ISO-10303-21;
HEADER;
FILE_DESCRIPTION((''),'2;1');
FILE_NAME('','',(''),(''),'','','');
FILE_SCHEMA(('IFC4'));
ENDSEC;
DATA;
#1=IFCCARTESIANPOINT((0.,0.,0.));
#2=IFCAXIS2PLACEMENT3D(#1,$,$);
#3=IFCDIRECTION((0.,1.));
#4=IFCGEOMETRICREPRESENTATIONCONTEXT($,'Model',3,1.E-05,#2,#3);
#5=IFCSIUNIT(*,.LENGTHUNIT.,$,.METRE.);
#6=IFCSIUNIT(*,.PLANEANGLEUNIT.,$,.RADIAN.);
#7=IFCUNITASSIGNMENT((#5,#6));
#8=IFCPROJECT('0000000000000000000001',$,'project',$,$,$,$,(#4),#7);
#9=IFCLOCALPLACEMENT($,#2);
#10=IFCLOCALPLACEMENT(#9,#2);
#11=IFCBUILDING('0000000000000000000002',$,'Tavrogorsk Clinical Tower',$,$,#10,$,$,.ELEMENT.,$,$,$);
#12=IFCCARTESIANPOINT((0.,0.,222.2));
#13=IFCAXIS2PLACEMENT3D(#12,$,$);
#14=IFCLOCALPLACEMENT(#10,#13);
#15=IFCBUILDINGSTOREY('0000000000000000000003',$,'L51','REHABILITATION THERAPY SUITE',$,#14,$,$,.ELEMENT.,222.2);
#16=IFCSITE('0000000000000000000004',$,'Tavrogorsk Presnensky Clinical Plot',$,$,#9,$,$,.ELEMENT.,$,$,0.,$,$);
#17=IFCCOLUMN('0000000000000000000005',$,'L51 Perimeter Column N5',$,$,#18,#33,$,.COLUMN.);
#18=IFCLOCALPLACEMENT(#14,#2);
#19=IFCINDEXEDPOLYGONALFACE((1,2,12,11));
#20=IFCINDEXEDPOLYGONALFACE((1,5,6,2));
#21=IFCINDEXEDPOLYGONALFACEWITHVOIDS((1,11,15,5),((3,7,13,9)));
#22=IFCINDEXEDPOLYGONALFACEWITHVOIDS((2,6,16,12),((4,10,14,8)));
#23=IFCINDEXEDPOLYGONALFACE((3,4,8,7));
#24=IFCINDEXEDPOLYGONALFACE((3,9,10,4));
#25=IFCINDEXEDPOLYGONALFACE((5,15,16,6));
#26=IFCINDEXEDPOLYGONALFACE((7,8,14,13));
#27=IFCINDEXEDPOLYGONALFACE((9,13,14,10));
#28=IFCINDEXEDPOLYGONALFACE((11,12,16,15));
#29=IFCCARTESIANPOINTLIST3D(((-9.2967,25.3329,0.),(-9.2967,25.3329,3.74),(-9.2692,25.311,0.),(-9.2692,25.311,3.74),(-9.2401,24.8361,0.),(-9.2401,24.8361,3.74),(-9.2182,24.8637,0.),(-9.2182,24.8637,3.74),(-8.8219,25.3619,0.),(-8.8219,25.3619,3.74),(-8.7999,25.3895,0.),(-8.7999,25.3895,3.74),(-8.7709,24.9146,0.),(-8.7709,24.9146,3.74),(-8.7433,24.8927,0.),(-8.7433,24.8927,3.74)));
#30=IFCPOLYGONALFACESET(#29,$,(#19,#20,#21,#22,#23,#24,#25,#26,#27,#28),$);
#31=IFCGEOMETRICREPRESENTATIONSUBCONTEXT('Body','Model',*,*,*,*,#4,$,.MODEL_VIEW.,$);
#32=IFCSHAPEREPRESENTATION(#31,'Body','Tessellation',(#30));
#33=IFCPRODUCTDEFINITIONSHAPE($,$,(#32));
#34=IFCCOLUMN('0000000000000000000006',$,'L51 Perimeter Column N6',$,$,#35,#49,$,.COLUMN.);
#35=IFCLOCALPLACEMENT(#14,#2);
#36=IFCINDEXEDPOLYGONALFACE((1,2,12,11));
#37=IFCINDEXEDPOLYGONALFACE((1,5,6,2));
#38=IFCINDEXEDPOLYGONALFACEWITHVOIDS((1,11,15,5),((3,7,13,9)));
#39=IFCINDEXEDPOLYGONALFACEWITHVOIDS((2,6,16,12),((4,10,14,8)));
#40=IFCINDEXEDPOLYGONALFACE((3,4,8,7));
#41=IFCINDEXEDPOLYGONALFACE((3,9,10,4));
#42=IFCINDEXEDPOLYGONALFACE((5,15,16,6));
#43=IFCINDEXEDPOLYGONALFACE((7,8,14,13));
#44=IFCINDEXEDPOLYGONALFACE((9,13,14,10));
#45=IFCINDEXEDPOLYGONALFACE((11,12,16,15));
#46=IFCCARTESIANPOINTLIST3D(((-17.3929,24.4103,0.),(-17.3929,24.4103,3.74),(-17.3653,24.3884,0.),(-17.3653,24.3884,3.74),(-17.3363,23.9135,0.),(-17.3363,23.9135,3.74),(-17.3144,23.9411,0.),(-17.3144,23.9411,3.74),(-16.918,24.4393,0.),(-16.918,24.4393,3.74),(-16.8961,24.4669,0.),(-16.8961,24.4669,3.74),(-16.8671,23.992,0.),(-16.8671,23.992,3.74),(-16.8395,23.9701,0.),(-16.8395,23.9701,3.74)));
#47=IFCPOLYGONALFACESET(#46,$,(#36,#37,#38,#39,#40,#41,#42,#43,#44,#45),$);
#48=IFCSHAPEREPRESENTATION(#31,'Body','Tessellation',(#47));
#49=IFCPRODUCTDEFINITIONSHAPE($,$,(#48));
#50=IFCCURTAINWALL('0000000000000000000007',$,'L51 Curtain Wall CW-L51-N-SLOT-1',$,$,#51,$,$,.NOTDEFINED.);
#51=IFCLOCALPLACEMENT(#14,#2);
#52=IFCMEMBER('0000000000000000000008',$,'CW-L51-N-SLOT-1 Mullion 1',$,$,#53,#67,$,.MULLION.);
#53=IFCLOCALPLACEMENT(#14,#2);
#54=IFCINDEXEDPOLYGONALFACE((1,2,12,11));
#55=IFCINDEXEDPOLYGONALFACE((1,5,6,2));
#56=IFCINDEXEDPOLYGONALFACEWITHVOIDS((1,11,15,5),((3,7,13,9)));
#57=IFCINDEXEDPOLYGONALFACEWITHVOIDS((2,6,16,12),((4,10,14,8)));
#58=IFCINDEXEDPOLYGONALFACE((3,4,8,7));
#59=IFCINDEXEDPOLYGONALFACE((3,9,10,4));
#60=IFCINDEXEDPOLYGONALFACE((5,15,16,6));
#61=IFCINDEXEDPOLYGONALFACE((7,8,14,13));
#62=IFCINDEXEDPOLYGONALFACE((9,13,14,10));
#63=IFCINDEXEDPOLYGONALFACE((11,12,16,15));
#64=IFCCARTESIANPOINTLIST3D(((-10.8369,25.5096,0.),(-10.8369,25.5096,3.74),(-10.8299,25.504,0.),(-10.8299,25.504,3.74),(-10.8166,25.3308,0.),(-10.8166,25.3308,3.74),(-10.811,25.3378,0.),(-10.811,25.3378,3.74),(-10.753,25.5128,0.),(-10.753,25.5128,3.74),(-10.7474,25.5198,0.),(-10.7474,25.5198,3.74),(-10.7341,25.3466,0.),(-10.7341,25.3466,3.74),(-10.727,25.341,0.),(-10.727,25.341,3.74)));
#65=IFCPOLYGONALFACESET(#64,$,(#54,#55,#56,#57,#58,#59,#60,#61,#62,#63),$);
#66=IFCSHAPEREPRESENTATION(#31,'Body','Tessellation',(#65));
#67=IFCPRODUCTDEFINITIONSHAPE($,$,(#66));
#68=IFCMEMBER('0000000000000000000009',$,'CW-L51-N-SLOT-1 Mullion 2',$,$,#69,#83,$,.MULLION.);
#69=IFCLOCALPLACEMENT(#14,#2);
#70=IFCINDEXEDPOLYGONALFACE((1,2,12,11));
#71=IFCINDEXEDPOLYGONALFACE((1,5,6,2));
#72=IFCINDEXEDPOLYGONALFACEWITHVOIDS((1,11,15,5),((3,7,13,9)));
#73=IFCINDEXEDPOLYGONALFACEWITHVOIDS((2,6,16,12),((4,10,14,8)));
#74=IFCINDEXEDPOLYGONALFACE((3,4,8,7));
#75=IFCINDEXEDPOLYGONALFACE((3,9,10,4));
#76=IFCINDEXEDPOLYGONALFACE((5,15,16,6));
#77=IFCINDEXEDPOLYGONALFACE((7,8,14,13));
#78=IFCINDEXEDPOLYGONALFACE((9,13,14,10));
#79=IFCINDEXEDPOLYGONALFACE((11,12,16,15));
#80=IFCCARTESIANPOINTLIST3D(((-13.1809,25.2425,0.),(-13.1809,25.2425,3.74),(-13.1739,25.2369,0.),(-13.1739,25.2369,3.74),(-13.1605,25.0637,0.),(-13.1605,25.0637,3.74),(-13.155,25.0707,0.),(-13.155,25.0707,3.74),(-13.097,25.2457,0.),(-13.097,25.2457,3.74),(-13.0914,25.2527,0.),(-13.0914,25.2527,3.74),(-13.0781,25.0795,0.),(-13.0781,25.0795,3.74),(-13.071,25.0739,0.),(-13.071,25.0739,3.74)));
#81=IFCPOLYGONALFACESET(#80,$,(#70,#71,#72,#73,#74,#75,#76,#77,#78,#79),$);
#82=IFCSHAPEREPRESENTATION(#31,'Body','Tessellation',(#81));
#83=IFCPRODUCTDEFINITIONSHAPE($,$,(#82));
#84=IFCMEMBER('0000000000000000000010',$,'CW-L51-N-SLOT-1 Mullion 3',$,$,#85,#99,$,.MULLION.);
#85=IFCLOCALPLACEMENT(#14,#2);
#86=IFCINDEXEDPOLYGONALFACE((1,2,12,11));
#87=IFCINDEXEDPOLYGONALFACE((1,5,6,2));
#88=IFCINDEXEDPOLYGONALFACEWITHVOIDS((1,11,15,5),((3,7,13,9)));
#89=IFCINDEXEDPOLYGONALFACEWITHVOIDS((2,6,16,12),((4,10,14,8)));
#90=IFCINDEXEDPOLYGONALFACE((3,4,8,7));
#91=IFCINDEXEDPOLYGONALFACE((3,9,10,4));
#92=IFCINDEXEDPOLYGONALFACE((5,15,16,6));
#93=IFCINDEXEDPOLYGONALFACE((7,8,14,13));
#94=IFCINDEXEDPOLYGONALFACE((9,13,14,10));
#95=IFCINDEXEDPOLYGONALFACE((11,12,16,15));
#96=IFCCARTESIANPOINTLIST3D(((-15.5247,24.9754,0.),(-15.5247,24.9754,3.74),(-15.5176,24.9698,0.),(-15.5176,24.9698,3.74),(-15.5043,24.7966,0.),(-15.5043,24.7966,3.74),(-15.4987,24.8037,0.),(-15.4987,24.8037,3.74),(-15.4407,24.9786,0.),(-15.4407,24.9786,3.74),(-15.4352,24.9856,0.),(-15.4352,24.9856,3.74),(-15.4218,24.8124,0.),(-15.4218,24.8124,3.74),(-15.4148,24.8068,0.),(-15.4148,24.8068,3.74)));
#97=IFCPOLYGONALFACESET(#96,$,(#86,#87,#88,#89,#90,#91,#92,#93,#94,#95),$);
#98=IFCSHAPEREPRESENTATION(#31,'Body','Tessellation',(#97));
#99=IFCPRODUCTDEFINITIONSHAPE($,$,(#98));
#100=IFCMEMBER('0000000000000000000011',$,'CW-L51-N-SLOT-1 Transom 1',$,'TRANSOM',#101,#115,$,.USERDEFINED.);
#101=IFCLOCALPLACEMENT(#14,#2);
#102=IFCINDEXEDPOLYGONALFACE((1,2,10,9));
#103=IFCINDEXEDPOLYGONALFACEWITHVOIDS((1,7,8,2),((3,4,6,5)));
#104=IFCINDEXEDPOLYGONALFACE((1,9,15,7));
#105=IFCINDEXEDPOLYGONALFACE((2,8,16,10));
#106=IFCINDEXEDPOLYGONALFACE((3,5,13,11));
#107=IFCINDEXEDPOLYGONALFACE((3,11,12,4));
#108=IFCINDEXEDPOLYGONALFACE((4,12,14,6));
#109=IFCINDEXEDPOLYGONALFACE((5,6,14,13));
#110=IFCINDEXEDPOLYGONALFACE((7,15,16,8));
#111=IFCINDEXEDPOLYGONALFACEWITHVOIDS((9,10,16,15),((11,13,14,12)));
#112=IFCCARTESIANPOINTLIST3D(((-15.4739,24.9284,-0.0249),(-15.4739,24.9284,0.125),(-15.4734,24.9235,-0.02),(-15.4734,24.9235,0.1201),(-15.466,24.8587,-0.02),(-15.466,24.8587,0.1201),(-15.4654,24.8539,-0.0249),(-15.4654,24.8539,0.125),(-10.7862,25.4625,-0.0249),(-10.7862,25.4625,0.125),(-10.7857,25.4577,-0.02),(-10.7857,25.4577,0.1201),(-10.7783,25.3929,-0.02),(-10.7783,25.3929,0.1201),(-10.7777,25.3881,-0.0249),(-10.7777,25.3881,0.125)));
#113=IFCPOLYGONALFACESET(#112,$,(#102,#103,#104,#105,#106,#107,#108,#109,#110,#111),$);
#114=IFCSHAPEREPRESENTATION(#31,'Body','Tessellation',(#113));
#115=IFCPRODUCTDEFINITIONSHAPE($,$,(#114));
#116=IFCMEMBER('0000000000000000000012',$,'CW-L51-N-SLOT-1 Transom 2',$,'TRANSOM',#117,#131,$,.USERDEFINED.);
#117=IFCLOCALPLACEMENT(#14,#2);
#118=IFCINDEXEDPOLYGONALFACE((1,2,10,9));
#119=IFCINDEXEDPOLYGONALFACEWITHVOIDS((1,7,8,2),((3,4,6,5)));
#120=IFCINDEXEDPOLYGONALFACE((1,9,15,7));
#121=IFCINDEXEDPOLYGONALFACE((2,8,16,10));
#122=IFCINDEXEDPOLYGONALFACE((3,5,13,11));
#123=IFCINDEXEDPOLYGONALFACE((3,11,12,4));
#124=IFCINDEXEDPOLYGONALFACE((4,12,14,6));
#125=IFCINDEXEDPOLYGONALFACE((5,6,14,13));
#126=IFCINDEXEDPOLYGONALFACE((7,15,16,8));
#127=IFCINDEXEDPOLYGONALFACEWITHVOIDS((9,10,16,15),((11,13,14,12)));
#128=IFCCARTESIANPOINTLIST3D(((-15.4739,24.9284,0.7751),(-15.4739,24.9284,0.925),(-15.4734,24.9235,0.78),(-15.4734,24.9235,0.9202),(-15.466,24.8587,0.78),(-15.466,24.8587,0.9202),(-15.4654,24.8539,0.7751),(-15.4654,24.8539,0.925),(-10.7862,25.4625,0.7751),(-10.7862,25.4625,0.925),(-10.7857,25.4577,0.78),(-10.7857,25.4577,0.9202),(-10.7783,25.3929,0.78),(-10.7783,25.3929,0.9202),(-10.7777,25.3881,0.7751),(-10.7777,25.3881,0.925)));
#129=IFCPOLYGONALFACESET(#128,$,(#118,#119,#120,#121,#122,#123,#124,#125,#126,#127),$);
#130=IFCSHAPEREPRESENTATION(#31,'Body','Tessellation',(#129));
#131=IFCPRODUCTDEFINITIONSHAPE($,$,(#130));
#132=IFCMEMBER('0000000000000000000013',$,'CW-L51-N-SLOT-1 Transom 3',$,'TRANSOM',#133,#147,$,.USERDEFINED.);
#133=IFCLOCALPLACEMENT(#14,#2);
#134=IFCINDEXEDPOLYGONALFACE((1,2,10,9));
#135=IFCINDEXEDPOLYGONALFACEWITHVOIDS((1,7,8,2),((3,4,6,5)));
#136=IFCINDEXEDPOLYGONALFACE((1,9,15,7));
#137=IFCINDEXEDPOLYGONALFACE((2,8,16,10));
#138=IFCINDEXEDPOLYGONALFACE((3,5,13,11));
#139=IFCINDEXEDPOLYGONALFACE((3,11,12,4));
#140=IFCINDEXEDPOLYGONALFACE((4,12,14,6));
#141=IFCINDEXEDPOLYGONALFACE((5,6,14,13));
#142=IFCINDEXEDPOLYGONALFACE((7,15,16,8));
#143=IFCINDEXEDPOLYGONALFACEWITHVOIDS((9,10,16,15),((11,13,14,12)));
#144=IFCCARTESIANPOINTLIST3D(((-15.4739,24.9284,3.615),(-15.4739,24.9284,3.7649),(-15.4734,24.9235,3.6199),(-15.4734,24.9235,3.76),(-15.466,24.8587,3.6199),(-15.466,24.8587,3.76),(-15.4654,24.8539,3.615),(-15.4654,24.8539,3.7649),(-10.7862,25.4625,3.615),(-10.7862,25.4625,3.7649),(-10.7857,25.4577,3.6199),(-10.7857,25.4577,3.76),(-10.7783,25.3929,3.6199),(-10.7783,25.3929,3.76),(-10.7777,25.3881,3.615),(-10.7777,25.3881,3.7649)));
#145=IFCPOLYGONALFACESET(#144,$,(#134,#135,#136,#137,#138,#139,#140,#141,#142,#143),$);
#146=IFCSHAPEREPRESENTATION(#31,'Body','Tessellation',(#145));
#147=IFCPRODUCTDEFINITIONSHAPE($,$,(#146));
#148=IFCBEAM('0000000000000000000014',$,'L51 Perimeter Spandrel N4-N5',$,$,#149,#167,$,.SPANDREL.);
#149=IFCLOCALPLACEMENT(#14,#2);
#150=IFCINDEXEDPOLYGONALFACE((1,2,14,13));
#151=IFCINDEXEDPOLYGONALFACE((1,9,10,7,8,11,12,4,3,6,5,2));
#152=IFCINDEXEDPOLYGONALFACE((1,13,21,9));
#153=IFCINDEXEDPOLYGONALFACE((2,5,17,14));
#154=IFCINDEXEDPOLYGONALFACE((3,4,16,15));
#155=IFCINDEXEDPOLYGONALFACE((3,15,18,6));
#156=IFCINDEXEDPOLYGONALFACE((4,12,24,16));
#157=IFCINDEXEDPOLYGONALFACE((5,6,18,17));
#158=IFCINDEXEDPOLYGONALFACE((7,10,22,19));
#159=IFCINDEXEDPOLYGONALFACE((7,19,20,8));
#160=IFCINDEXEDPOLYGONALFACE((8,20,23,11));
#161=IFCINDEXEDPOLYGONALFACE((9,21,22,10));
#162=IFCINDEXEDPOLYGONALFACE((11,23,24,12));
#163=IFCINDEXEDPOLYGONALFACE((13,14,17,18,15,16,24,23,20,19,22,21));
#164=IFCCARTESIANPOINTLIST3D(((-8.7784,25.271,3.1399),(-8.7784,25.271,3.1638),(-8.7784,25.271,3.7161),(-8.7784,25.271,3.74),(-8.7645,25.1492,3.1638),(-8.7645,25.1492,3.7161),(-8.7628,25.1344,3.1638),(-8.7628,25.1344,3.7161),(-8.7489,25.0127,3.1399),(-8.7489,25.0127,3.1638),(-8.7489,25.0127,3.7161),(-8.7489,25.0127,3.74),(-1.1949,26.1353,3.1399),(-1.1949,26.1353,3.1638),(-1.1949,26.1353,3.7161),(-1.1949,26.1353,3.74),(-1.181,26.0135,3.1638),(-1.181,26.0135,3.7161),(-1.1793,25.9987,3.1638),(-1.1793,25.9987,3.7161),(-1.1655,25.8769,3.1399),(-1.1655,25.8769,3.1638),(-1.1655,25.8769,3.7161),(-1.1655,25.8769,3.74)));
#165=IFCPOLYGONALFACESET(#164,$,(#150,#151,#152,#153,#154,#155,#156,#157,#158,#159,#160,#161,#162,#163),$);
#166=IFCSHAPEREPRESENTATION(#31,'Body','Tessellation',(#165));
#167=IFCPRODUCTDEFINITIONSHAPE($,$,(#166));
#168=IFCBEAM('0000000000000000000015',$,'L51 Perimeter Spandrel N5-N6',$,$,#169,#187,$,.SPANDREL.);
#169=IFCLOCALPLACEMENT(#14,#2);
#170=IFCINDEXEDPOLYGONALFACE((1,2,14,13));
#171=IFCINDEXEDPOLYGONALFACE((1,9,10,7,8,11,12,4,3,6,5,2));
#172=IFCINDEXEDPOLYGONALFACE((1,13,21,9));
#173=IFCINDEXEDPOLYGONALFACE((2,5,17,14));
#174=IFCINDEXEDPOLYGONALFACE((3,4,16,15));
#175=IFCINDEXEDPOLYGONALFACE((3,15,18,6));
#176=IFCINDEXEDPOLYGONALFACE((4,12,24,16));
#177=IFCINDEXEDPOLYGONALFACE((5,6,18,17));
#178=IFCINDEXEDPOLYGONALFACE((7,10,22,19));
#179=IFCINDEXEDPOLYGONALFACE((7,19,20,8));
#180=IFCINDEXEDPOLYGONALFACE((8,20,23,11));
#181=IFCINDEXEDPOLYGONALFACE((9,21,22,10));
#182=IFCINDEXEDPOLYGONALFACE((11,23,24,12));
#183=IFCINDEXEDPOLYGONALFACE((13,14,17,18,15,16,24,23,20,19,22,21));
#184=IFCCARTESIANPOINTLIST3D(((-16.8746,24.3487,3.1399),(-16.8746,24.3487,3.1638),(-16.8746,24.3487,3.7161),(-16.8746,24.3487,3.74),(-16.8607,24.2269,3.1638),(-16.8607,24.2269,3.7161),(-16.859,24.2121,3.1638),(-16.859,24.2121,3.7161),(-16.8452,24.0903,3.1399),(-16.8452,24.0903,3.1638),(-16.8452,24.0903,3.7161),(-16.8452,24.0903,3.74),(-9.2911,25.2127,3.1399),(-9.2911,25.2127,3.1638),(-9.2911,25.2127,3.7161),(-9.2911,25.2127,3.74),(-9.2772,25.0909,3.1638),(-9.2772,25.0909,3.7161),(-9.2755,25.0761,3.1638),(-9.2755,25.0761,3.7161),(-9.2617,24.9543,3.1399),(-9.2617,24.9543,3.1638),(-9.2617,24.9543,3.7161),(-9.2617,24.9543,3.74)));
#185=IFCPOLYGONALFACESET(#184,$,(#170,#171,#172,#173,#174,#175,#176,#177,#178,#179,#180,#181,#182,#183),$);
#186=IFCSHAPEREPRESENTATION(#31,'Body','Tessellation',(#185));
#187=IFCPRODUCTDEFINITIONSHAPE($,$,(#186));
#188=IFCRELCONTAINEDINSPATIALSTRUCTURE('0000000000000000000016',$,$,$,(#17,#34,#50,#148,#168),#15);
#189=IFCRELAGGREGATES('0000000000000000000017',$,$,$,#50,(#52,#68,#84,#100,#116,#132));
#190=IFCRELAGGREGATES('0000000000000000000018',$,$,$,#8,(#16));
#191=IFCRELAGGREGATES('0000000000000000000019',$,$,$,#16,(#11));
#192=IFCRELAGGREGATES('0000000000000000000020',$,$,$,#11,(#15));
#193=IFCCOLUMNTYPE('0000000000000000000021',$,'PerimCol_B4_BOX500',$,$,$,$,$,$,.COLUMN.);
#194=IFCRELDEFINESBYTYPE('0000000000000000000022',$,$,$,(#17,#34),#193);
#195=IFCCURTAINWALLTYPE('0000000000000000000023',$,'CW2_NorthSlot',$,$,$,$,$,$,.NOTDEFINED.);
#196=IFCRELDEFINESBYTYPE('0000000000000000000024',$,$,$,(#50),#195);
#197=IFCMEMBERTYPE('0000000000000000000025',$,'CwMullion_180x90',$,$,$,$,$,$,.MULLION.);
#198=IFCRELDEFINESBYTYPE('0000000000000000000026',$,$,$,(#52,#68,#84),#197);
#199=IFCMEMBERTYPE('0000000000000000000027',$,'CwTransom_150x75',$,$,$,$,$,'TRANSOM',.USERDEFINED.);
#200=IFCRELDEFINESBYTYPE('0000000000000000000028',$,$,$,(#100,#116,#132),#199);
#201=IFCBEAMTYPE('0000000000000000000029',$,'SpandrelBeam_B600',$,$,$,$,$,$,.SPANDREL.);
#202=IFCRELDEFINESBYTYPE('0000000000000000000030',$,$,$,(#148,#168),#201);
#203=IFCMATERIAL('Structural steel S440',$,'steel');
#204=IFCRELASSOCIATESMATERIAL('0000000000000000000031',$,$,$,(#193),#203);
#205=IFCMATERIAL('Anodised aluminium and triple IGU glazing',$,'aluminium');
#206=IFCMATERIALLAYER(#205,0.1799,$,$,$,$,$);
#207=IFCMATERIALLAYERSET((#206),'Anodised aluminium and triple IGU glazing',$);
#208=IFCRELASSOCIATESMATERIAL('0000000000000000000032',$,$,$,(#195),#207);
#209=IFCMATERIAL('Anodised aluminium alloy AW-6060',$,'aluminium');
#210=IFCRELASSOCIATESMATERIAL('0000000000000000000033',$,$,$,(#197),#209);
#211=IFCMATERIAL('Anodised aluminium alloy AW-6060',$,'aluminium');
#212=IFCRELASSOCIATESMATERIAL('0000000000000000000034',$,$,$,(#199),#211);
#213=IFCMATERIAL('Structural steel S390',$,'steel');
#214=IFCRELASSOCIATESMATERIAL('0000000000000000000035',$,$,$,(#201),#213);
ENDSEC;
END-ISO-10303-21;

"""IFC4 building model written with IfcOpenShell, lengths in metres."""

from ifc_helpers import new_model, si_unit, direction, frame, origin, origin_2d, place, context, subcontext, project, spatial, hollow_rectangle, i_section, extrude, material, layer, layer_set, material_profile, profile_set, type_object, element, aggregate, save


model = new_model("IFC4")

# Units and contexts
model_context = context("Model", 3, precision=1e-05, world=origin(), true_north=direction((0.0, 1.0)))
body_context = subcontext(model_context, "Body", "Model", "MODEL_VIEW")
ifc_project = project(units=[si_unit("LENGTHUNIT", "METRE"), si_unit("PLANEANGLEUNIT", "RADIAN")], contexts=[model_context])

# Site, building, storey
site_placement = place(None, origin())
site = spatial("IfcSite", under=ifc_project, at=site_placement, Name="Tavrogorsk Presnensky Clinical Plot", CompositionType="ELEMENT", RefElevation=0.0)
building_placement = place(site_placement, origin())
building = spatial("IfcBuilding", under=site, at=building_placement, Name="Tavrogorsk Clinical Tower", CompositionType="ELEMENT")
storey_placement = place(building_placement, frame((0.0, 0.0, 222.2)))
storey = spatial("IfcBuildingStorey", under=building, at=storey_placement, Name="L51", Description="REHABILITATION THERAPY SUITE", CompositionType="ELEMENT", Elevation=222.2)

# Columns
ifc_material_1 = material(Name="Structural steel S440", Category="steel")
ifc_material_profile_1 = material_profile(ifc_material_1, hollow_rectangle(XDim=0.5, YDim=0.5, WallThickness=0.0249, at=origin_2d()), Name="BOX-500x500x25")
ifc_profile_set_1 = profile_set([ifc_material_profile_1], Name="Structural steel S440")
column_type = type_object("IfcColumnType", Name="PerimCol_B4_BOX500", PredefinedType="COLUMN", material=ifc_profile_set_1)
for number, where, z_axis, x_axis, name in (
    (1, (-9.02, 25.1128, 0.0), (0.0, 0.0, 1.0), (0.993572, 0.113203, 0.0), "L51 Perimeter Column N5"),
    (2, (-17.1162, 24.1902, 0.0), (0.0, 0.0, 1.0), (0.993572, 0.113203, 0.0), "L51 Perimeter Column N6"),
):
    element("IfcColumn", number, at=place(storey_placement, frame(where, z_axis=z_axis, x_axis=x_axis)), inside=storey, type_object=column_type, Name=name, PredefinedType="COLUMN", context=body_context, shape_type="SweptSolid", body=[
        extrude(hollow_rectangle(XDim=0.5, YDim=0.5, WallThickness=0.0249, at=origin_2d()), origin(), (0.0, 0.0, 1.0), 3.74),
    ])

# Curtain wall, members
ifc_material_2 = material(Name="Anodised aluminium and triple IGU glazing", Category="aluminium")
ifc_layer_1 = layer(ifc_material_2, 0.1799)
ifc_layer_set_1 = layer_set([ifc_layer_1], Name="Anodised aluminium and triple IGU glazing")
curtain_wall_type = type_object("IfcCurtainWallType", Name="CW2_NorthSlot", PredefinedType="NOTDEFINED", material=ifc_layer_set_1)
curtain_wall_placement = place(storey_placement, origin())
curtain_wall = element("IfcCurtainWall", 3, at=curtain_wall_placement, inside=storey, type_object=curtain_wall_type, Name="L51 Curtain Wall CW-L51-N-SLOT-1", PredefinedType="NOTDEFINED")
ifc_material_3 = material(Name="Anodised aluminium alloy AW-6060", Category="aluminium")
ifc_material_profile_2 = material_profile(ifc_material_3, hollow_rectangle(XDim=0.0901, YDim=0.1799, WallThickness=0.0063, at=origin_2d()), Name="RHS-180x90x6.3")
ifc_profile_set_2 = profile_set([ifc_material_profile_2], Name="Anodised aluminium alloy AW-6060")
member_type_1 = type_object("IfcMemberType", Name="CwMullion_180x90", PredefinedType="MULLION", material=ifc_profile_set_2)
member_1_placement = place(storey_placement, frame((-10.782, 25.4253, 0.0), z_axis=(0.0, 0.0, 1.0), x_axis=(-0.993572, -0.113203, 0.0)))
member_1 = element("IfcMember", 4, at=member_1_placement, type_object=member_type_1, Name="CW-L51-N-SLOT-1 Mullion 1", PredefinedType="MULLION", context=body_context, shape_type="SweptSolid", body=[
    extrude(hollow_rectangle(XDim=0.0901, YDim=0.1799, WallThickness=0.0063, at=origin_2d()), origin(), (0.0, 0.0, 1.0), 3.74),
])
member_2_placement = place(storey_placement, frame((-13.126, 25.1582, 0.0), z_axis=(0.0, 0.0, 1.0), x_axis=(-0.993572, -0.113203, 0.0)))
member_2 = element("IfcMember", 5, at=member_2_placement, type_object=member_type_1, Name="CW-L51-N-SLOT-1 Mullion 2", PredefinedType="MULLION", context=body_context, shape_type="SweptSolid", body=[
    extrude(hollow_rectangle(XDim=0.0901, YDim=0.1799, WallThickness=0.0063, at=origin_2d()), origin(), (0.0, 0.0, 1.0), 3.74),
])
member_3_placement = place(storey_placement, frame((-15.4697, 24.8911, 0.0), z_axis=(0.0, 0.0, 1.0), x_axis=(-0.993572, -0.113203, 0.0)))
member_3 = element("IfcMember", 6, at=member_3_placement, type_object=member_type_1, Name="CW-L51-N-SLOT-1 Mullion 3", PredefinedType="MULLION", context=body_context, shape_type="SweptSolid", body=[
    extrude(hollow_rectangle(XDim=0.0901, YDim=0.1799, WallThickness=0.0063, at=origin_2d()), origin(), (0.0, 0.0, 1.0), 3.74),
])
ifc_material_4 = material(Name="Anodised aluminium alloy AW-6060", Category="aluminium")
ifc_material_profile_3 = material_profile(ifc_material_4, hollow_rectangle(XDim=0.075, YDim=0.1499, WallThickness=0.0049, at=origin_2d()), Name="RHS-150x75x5")
ifc_profile_set_3 = profile_set([ifc_material_profile_3], Name="Anodised aluminium alloy AW-6060")
member_type_2 = type_object("IfcMemberType", Name="CwTransom_150x75", ElementType="TRANSOM", PredefinedType="USERDEFINED", material=ifc_profile_set_3)
member_4_placement = place(storey_placement, frame((-10.782, 25.4253, 0.05), z_axis=(-0.99357, -0.11322, 0.0), x_axis=(0.11322, -0.99357, 0.0)))
member_4 = element("IfcMember", 7, at=member_4_placement, type_object=member_type_2, Name="CW-L51-N-SLOT-1 Transom 1", ObjectType="TRANSOM", PredefinedType="USERDEFINED", context=body_context, shape_type="SweptSolid", body=[
    extrude(hollow_rectangle(XDim=0.075, YDim=0.1499, WallThickness=0.0049, at=origin_2d()), origin(), (0.0, 0.0, 1.0), 4.718),
])
member_5_placement = place(storey_placement, frame((-10.782, 25.4253, 0.8501), z_axis=(-0.99357, -0.11322, 0.0), x_axis=(0.11322, -0.99357, 0.0)))
member_5 = element("IfcMember", 8, at=member_5_placement, type_object=member_type_2, Name="CW-L51-N-SLOT-1 Transom 2", ObjectType="TRANSOM", PredefinedType="USERDEFINED", context=body_context, shape_type="SweptSolid", body=[
    extrude(hollow_rectangle(XDim=0.075, YDim=0.1499, WallThickness=0.0049, at=origin_2d()), origin(), (0.0, 0.0, 1.0), 4.718),
])
member_6_placement = place(storey_placement, frame((-10.782, 25.4253, 3.6899), z_axis=(-0.99357, -0.11322, 0.0), x_axis=(0.11322, -0.99357, 0.0)))
member_6 = element("IfcMember", 9, at=member_6_placement, type_object=member_type_2, Name="CW-L51-N-SLOT-1 Transom 3", ObjectType="TRANSOM", PredefinedType="USERDEFINED", context=body_context, shape_type="SweptSolid", body=[
    extrude(hollow_rectangle(XDim=0.075, YDim=0.1499, WallThickness=0.0049, at=origin_2d()), origin(), (0.0, 0.0, 1.0), 4.718),
])

# Beams
ifc_material_5 = material(Name="Structural steel S390", Category="steel")
ifc_material_profile_4 = material_profile(ifc_material_5, i_section(OverallWidth=0.26, OverallDepth=0.6001, WebThickness=0.0149, FlangeThickness=0.0239, at=origin_2d()), Name="B-600x260x15x24")
ifc_profile_set_4 = profile_set([ifc_material_profile_4], Name="Structural steel S390")
beam_type = type_object("IfcBeamType", Name="SpandrelBeam_B600", PredefinedType="SPANDREL", material=ifc_profile_set_4)
for number, where, z_axis, x_axis, name in (
    (10, (-1.1802, 26.0061, 3.4399), (-0.993569, -0.113233, 0.0), (0.113233, -0.993569, 0.0), "L51 Perimeter Spandrel N4-N5"),
    (11, (-9.2764, 25.0835, 3.4399), (-0.993572, -0.113201, 0.0), (0.113201, -0.993572, 0.0), "L51 Perimeter Spandrel N5-N6"),
):
    element("IfcBeam", number, at=place(storey_placement, frame(where, z_axis=z_axis, x_axis=x_axis)), inside=storey, type_object=beam_type, Name=name, PredefinedType="SPANDREL", context=body_context, shape_type="SweptSolid", body=[
        extrude(i_section(OverallWidth=0.26, OverallDepth=0.6001, WebThickness=0.0149, FlangeThickness=0.0239, at=origin_2d()), origin(), (0.0, 0.0, 1.0), 7.6326),
    ])

aggregate(curtain_wall, [member_1, member_2, member_3, member_4, member_5, member_6])

save(model, "model.ifc")
